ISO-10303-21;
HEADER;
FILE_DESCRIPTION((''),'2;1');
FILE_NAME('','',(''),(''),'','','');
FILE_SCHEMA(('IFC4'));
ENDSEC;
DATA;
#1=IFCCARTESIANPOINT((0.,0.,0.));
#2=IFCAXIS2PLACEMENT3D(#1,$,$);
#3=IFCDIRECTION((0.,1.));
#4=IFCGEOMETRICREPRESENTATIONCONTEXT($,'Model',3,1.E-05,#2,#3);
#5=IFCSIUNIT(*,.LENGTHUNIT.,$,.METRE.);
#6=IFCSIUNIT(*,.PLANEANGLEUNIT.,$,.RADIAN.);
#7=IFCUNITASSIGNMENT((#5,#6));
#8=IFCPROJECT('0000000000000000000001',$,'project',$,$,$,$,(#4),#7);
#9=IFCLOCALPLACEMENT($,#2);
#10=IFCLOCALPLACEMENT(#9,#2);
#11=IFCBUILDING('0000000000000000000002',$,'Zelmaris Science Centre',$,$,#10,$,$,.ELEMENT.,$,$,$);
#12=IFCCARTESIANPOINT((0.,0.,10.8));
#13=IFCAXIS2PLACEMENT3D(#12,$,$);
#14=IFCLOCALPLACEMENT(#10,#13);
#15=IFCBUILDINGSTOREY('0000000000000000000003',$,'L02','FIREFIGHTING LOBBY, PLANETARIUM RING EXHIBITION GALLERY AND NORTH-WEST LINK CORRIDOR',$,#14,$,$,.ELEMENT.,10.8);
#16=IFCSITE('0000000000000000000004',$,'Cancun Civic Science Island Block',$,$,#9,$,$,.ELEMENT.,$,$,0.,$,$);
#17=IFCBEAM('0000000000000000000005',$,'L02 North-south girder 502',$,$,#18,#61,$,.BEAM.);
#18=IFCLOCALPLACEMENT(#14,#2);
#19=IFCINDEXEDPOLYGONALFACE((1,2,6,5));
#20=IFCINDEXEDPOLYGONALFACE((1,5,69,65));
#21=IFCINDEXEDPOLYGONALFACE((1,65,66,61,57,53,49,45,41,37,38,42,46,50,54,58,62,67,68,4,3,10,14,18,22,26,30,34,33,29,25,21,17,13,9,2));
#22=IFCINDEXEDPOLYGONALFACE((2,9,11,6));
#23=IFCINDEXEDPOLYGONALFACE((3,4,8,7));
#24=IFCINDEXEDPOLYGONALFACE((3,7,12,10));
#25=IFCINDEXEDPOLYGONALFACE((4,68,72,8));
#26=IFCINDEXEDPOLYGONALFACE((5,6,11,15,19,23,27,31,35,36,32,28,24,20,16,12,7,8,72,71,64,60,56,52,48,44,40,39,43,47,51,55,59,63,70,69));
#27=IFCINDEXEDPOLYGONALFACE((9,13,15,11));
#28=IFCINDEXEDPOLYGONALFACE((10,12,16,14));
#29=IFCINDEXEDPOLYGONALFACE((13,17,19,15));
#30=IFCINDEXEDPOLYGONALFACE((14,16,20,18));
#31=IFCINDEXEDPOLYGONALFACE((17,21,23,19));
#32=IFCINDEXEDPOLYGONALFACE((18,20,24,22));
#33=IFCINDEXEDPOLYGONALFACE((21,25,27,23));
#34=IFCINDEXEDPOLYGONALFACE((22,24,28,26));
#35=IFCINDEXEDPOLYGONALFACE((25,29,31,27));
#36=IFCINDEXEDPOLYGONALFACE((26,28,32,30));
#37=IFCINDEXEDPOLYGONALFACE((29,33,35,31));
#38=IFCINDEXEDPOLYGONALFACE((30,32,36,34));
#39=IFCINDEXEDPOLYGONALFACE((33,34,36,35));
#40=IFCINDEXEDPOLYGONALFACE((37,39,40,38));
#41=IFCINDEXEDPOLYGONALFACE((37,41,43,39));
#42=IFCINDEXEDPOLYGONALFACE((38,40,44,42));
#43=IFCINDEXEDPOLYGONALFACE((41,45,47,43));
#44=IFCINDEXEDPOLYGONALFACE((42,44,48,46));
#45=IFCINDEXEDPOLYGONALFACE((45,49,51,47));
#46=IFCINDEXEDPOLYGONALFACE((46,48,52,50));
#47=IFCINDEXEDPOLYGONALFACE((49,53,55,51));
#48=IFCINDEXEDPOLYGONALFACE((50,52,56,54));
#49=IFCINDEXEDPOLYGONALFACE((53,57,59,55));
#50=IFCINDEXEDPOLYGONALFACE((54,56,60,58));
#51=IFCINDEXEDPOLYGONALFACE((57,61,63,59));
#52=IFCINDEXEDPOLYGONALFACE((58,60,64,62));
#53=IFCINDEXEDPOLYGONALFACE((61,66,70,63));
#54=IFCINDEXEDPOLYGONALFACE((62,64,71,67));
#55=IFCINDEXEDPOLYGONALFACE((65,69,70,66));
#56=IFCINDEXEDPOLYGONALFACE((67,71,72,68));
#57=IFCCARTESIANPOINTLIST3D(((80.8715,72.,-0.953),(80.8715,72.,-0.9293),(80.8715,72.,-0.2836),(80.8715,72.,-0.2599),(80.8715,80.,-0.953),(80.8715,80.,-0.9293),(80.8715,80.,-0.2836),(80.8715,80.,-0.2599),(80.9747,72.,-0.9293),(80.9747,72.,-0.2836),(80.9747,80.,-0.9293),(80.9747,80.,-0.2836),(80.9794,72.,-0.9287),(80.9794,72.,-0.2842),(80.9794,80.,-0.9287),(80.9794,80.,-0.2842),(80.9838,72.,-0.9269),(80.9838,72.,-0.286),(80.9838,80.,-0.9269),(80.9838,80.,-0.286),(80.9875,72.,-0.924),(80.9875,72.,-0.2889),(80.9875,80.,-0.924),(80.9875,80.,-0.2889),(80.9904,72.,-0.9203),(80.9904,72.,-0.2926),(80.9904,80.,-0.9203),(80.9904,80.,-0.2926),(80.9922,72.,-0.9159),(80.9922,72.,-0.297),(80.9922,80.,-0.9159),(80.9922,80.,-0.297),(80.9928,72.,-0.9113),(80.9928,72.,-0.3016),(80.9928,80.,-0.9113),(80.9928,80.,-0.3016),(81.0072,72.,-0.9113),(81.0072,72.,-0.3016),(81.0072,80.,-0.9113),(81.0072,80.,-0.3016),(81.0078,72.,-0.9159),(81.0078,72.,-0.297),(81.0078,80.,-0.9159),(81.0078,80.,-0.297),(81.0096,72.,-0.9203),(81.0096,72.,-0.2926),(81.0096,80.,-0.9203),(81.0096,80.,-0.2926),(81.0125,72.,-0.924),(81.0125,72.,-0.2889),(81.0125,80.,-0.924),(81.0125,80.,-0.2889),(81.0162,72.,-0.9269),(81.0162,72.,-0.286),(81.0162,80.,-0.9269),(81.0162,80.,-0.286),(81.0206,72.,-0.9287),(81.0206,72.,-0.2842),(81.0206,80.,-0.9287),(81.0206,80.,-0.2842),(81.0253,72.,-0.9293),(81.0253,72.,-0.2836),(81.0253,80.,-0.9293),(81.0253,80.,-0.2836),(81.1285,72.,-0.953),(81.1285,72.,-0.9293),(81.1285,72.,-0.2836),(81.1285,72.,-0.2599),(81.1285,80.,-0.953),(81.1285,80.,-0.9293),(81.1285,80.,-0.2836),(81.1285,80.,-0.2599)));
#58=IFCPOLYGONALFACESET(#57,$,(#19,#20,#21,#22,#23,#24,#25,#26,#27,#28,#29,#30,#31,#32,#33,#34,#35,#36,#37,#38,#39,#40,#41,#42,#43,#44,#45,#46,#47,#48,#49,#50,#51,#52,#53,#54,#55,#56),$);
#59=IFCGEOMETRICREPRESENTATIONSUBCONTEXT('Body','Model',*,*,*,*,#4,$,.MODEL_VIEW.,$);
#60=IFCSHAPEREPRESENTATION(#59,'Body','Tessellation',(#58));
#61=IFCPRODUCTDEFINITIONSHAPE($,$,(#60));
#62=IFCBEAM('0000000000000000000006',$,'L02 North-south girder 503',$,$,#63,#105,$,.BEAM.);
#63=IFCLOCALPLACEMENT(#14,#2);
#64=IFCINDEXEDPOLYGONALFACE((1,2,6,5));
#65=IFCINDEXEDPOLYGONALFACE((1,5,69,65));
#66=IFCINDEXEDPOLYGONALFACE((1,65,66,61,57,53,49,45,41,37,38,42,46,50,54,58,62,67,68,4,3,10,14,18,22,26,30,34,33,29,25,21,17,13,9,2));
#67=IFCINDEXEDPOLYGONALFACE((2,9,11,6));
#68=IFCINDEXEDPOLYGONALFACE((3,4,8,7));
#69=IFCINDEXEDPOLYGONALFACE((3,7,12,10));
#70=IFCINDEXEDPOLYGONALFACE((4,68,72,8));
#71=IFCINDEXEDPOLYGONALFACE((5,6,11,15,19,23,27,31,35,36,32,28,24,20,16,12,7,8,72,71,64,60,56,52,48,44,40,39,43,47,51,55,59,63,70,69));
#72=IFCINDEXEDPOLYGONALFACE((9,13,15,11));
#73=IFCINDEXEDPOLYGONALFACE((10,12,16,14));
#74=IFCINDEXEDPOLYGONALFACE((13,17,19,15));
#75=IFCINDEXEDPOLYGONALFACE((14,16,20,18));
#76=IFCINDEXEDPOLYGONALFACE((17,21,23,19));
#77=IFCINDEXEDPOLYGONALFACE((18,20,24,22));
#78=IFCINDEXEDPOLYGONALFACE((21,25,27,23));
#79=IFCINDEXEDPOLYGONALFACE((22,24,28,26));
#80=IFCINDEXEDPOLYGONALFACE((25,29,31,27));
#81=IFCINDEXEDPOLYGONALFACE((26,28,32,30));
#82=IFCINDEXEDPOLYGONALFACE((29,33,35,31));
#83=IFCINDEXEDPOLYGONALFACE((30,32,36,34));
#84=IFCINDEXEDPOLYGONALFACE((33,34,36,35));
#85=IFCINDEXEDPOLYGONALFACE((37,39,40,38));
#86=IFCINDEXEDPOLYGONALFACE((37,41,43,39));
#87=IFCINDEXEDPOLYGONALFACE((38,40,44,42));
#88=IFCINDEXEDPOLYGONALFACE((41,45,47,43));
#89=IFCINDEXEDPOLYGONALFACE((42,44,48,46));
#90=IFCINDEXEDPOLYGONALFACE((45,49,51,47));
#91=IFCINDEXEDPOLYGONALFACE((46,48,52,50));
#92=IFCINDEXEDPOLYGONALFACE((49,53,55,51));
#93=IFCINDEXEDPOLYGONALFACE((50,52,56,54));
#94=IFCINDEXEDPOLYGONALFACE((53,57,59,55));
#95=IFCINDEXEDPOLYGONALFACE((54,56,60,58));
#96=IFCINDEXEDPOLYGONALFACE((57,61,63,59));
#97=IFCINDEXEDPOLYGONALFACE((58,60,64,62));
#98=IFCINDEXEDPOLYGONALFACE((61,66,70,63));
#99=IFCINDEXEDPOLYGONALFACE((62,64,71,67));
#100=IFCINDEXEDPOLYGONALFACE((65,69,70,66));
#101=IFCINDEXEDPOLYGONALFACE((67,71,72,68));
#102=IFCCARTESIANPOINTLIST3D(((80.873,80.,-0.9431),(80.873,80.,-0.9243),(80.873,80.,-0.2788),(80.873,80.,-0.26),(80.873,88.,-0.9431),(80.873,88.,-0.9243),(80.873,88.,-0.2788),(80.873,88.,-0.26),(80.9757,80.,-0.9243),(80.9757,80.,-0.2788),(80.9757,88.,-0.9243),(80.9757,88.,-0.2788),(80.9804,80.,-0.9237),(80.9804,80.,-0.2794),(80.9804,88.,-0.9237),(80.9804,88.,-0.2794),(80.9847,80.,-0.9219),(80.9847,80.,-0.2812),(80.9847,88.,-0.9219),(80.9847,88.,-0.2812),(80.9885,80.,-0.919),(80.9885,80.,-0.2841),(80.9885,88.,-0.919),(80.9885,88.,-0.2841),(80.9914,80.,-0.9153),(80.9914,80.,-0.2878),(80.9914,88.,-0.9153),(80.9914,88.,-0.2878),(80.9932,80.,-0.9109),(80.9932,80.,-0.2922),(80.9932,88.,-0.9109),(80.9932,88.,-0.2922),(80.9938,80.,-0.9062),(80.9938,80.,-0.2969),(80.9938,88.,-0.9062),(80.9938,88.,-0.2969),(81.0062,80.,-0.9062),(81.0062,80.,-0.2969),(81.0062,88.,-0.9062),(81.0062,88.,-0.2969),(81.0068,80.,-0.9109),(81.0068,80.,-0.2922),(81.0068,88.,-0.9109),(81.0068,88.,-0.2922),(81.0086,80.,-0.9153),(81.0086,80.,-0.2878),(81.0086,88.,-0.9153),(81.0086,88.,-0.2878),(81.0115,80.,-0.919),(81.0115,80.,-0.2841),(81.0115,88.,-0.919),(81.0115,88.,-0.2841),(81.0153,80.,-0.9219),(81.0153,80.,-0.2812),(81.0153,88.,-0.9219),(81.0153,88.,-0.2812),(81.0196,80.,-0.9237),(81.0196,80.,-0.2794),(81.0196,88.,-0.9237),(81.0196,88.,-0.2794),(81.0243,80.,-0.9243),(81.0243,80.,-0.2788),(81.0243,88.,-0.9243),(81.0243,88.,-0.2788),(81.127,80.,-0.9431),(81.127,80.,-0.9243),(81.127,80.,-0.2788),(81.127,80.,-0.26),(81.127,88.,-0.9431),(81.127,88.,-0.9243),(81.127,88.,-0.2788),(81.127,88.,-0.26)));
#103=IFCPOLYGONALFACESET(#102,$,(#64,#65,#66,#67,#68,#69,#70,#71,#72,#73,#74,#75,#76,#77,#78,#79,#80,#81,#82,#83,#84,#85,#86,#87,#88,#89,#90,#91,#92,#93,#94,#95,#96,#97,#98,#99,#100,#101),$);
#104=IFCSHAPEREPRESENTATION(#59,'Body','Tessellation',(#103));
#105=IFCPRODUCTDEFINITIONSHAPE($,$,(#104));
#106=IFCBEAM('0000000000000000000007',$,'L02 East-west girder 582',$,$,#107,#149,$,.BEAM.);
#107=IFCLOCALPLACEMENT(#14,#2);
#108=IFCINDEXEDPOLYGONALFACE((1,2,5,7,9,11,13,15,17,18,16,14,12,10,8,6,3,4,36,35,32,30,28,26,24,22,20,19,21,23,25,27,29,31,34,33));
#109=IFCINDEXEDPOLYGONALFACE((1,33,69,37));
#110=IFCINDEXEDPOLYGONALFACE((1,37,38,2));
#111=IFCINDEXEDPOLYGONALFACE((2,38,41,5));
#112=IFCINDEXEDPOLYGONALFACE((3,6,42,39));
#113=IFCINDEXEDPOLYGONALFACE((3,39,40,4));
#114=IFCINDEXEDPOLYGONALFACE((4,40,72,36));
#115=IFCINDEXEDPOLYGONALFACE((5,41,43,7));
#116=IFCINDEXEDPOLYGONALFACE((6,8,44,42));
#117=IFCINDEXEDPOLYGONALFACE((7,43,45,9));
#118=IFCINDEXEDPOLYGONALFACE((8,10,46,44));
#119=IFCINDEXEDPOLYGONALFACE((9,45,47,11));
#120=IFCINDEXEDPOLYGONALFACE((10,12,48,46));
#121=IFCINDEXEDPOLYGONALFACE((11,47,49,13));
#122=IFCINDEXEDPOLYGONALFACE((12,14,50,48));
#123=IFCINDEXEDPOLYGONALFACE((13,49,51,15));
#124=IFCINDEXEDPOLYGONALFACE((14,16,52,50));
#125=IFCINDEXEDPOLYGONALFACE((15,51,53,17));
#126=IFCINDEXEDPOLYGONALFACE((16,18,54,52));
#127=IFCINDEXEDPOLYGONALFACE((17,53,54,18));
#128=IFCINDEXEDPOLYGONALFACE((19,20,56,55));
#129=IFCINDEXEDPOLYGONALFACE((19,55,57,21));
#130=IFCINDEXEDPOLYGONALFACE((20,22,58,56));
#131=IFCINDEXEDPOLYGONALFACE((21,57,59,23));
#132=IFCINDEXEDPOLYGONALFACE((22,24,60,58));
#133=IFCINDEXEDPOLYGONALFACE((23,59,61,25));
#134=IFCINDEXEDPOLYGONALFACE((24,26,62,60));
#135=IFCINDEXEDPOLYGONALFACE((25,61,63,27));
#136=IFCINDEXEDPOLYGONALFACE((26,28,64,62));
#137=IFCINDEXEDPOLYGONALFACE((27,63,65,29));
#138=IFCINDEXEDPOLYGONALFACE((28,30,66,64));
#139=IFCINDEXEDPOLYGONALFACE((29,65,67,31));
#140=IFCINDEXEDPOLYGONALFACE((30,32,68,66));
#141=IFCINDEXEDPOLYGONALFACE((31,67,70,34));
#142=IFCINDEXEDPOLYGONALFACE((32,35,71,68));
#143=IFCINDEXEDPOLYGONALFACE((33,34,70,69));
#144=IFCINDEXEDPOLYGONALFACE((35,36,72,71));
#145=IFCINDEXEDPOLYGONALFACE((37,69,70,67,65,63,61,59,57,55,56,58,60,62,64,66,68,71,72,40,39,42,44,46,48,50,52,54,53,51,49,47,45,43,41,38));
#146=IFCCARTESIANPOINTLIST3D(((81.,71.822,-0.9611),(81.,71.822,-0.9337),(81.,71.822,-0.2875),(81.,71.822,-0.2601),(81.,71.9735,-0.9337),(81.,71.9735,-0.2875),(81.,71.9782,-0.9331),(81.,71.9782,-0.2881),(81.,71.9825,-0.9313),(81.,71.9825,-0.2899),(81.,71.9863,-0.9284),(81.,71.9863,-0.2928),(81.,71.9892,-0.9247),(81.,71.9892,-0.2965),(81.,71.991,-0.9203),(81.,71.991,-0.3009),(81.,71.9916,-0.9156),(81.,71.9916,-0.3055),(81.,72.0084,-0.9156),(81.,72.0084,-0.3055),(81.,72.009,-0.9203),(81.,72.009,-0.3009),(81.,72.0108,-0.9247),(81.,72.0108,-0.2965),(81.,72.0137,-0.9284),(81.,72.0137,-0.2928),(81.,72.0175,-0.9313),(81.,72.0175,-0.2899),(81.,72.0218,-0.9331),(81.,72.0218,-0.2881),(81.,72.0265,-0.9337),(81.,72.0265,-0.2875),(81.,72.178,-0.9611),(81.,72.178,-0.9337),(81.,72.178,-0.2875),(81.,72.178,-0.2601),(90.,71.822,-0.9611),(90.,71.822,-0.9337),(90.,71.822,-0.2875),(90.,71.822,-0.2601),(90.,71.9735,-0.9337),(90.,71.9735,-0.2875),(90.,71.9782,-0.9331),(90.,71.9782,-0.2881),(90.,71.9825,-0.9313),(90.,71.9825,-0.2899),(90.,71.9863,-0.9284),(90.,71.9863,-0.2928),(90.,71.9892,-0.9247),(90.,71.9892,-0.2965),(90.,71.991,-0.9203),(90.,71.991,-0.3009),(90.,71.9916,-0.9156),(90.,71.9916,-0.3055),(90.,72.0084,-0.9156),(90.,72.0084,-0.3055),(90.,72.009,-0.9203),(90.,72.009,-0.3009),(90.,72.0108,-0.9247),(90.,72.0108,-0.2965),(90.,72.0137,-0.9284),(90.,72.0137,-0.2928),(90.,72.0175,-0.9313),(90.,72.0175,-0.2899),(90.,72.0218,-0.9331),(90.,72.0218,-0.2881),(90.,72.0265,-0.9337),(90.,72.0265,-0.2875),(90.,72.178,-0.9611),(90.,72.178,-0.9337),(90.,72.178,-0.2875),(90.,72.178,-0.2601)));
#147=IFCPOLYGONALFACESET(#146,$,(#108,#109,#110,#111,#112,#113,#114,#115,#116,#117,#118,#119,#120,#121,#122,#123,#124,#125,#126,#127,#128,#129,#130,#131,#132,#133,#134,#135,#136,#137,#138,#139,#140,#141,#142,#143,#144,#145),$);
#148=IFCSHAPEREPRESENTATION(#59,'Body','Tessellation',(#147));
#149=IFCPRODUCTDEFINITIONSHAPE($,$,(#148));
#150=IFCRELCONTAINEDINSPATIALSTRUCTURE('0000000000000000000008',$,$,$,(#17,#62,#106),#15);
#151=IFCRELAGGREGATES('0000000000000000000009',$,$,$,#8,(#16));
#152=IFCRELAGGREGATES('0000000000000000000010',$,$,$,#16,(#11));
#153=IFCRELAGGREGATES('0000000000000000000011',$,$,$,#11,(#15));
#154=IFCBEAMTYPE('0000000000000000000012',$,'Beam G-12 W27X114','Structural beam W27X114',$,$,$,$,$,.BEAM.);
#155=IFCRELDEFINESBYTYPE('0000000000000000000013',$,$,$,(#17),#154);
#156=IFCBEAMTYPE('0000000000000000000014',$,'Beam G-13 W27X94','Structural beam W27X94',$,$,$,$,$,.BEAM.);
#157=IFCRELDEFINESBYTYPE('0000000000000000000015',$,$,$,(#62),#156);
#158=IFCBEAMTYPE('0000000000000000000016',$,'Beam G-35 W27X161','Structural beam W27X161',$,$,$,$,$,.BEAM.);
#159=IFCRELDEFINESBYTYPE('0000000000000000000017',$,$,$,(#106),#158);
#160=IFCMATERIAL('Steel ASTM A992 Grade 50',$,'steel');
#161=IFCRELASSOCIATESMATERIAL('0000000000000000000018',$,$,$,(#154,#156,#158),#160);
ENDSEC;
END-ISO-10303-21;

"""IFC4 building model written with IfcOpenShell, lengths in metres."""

from ifc_helpers import new_model, si_unit, direction, frame, origin, origin_2d, place, context, subcontext, project, spatial, i_section, extrude, material, material_profile, profile_set, type_object, element, save


model = new_model("IFC4")

# Units and contexts
model_context = context("Model", 3, precision=1e-05, world=origin(), true_north=direction((0.0, 1.0)))
body_context = subcontext(model_context, "Body", "Model", "MODEL_VIEW")
ifc_project = project(units=[si_unit("LENGTHUNIT", "METRE"), si_unit("PLANEANGLEUNIT", "RADIAN")], contexts=[model_context])

# Site, building, storey
site_placement = place(None, origin())
site = spatial("IfcSite", under=ifc_project, at=site_placement, Name="Cancun Civic Science Island Block", CompositionType="ELEMENT", RefElevation=0.0)
building_placement = place(site_placement, origin())
building = spatial("IfcBuilding", under=site, at=building_placement, Name="Zelmaris Science Centre", CompositionType="ELEMENT")
storey_placement = place(building_placement, frame((0.0, 0.0, 10.8)))
storey = spatial("IfcBuildingStorey", under=building, at=storey_placement, Name="L02", Description="FIREFIGHTING LOBBY, PLANETARIUM RING EXHIBITION GALLERY AND NORTH-WEST LINK CORRIDOR", CompositionType="ELEMENT", Elevation=10.8)

# Shared definitions
ifc_material_1 = material(Name="Steel ASTM A992 Grade 50", Category="steel")

# Beams
ifc_material_profile_1 = material_profile(ifc_material_1, i_section(OverallWidth=0.2571, OverallDepth=0.6931, WebThickness=0.0144, FlangeThickness=0.0237, FilletRadius=0.0181, at=origin_2d()), Name="W27X114")
ifc_profile_set_1 = profile_set([ifc_material_profile_1], Name="Steel ASTM A992 Grade 50")
beam_type_1 = type_object("IfcBeamType", Name="Beam G-12 W27X114", Description="Structural beam W27X114", PredefinedType="BEAM", material=ifc_profile_set_1)
beam_1_placement = place(storey_placement, frame((81.0, 72.0, -0.6064), z_axis=(0.0, 1.0, 0.0), x_axis=(-1.0, 0.0, 0.0)))
element("IfcBeam", 1, at=beam_1_placement, inside=storey, type_object=beam_type_1, Name="L02 North-south girder 502", PredefinedType="BEAM", context=body_context, shape_type="SweptSolid", body=[
    extrude(i_section(OverallWidth=0.2571, OverallDepth=0.6931, WebThickness=0.0144, FlangeThickness=0.0237, FilletRadius=0.0181, at=origin_2d()), origin(), (0.0, 0.0, 1.0), 8.0),
])
ifc_material_profile_2 = material_profile(ifc_material_1, i_section(OverallWidth=0.2539, OverallDepth=0.6831, WebThickness=0.0125, FlangeThickness=0.0188, FilletRadius=0.0181, at=origin_2d()), Name="W27X94")
ifc_profile_set_2 = profile_set([ifc_material_profile_2], Name="Steel ASTM A992 Grade 50")
beam_type_2 = type_object("IfcBeamType", Name="Beam G-13 W27X94", Description="Structural beam W27X94", PredefinedType="BEAM", material=ifc_profile_set_2)
beam_2_placement = place(storey_placement, frame((81.0, 80.0, -0.6016), z_axis=(0.0, 1.0, 0.0), x_axis=(-1.0, 0.0, 0.0)))
element("IfcBeam", 2, at=beam_2_placement, inside=storey, type_object=beam_type_2, Name="L02 North-south girder 503", PredefinedType="BEAM", context=body_context, shape_type="SweptSolid", body=[
    extrude(i_section(OverallWidth=0.2539, OverallDepth=0.6831, WebThickness=0.0125, FlangeThickness=0.0188, FilletRadius=0.0181, at=origin_2d()), origin(), (0.0, 0.0, 1.0), 8.0),
])
ifc_material_profile_3 = material_profile(ifc_material_1, i_section(OverallWidth=0.356, OverallDepth=0.7009, WebThickness=0.0168, FlangeThickness=0.0273, FilletRadius=0.0181, at=origin_2d()), Name="W27X161")
ifc_profile_set_3 = profile_set([ifc_material_profile_3], Name="Steel ASTM A992 Grade 50")
beam_type_3 = type_object("IfcBeamType", Name="Beam G-35 W27X161", Description="Structural beam W27X161", PredefinedType="BEAM", material=ifc_profile_set_3)
beam_3_placement = place(storey_placement, frame((81.0, 72.0, -0.6106), z_axis=(1.0, 0.0, 0.0), x_axis=(0.0, 1.0, 0.0)))
element("IfcBeam", 3, at=beam_3_placement, inside=storey, type_object=beam_type_3, Name="L02 East-west girder 582", PredefinedType="BEAM", context=body_context, shape_type="SweptSolid", body=[
    extrude(i_section(OverallWidth=0.356, OverallDepth=0.7009, WebThickness=0.0168, FlangeThickness=0.0273, FilletRadius=0.0181, at=origin_2d()), origin(), (0.0, 0.0, 1.0), 9.0),
])

save(model, "model.ifc")
